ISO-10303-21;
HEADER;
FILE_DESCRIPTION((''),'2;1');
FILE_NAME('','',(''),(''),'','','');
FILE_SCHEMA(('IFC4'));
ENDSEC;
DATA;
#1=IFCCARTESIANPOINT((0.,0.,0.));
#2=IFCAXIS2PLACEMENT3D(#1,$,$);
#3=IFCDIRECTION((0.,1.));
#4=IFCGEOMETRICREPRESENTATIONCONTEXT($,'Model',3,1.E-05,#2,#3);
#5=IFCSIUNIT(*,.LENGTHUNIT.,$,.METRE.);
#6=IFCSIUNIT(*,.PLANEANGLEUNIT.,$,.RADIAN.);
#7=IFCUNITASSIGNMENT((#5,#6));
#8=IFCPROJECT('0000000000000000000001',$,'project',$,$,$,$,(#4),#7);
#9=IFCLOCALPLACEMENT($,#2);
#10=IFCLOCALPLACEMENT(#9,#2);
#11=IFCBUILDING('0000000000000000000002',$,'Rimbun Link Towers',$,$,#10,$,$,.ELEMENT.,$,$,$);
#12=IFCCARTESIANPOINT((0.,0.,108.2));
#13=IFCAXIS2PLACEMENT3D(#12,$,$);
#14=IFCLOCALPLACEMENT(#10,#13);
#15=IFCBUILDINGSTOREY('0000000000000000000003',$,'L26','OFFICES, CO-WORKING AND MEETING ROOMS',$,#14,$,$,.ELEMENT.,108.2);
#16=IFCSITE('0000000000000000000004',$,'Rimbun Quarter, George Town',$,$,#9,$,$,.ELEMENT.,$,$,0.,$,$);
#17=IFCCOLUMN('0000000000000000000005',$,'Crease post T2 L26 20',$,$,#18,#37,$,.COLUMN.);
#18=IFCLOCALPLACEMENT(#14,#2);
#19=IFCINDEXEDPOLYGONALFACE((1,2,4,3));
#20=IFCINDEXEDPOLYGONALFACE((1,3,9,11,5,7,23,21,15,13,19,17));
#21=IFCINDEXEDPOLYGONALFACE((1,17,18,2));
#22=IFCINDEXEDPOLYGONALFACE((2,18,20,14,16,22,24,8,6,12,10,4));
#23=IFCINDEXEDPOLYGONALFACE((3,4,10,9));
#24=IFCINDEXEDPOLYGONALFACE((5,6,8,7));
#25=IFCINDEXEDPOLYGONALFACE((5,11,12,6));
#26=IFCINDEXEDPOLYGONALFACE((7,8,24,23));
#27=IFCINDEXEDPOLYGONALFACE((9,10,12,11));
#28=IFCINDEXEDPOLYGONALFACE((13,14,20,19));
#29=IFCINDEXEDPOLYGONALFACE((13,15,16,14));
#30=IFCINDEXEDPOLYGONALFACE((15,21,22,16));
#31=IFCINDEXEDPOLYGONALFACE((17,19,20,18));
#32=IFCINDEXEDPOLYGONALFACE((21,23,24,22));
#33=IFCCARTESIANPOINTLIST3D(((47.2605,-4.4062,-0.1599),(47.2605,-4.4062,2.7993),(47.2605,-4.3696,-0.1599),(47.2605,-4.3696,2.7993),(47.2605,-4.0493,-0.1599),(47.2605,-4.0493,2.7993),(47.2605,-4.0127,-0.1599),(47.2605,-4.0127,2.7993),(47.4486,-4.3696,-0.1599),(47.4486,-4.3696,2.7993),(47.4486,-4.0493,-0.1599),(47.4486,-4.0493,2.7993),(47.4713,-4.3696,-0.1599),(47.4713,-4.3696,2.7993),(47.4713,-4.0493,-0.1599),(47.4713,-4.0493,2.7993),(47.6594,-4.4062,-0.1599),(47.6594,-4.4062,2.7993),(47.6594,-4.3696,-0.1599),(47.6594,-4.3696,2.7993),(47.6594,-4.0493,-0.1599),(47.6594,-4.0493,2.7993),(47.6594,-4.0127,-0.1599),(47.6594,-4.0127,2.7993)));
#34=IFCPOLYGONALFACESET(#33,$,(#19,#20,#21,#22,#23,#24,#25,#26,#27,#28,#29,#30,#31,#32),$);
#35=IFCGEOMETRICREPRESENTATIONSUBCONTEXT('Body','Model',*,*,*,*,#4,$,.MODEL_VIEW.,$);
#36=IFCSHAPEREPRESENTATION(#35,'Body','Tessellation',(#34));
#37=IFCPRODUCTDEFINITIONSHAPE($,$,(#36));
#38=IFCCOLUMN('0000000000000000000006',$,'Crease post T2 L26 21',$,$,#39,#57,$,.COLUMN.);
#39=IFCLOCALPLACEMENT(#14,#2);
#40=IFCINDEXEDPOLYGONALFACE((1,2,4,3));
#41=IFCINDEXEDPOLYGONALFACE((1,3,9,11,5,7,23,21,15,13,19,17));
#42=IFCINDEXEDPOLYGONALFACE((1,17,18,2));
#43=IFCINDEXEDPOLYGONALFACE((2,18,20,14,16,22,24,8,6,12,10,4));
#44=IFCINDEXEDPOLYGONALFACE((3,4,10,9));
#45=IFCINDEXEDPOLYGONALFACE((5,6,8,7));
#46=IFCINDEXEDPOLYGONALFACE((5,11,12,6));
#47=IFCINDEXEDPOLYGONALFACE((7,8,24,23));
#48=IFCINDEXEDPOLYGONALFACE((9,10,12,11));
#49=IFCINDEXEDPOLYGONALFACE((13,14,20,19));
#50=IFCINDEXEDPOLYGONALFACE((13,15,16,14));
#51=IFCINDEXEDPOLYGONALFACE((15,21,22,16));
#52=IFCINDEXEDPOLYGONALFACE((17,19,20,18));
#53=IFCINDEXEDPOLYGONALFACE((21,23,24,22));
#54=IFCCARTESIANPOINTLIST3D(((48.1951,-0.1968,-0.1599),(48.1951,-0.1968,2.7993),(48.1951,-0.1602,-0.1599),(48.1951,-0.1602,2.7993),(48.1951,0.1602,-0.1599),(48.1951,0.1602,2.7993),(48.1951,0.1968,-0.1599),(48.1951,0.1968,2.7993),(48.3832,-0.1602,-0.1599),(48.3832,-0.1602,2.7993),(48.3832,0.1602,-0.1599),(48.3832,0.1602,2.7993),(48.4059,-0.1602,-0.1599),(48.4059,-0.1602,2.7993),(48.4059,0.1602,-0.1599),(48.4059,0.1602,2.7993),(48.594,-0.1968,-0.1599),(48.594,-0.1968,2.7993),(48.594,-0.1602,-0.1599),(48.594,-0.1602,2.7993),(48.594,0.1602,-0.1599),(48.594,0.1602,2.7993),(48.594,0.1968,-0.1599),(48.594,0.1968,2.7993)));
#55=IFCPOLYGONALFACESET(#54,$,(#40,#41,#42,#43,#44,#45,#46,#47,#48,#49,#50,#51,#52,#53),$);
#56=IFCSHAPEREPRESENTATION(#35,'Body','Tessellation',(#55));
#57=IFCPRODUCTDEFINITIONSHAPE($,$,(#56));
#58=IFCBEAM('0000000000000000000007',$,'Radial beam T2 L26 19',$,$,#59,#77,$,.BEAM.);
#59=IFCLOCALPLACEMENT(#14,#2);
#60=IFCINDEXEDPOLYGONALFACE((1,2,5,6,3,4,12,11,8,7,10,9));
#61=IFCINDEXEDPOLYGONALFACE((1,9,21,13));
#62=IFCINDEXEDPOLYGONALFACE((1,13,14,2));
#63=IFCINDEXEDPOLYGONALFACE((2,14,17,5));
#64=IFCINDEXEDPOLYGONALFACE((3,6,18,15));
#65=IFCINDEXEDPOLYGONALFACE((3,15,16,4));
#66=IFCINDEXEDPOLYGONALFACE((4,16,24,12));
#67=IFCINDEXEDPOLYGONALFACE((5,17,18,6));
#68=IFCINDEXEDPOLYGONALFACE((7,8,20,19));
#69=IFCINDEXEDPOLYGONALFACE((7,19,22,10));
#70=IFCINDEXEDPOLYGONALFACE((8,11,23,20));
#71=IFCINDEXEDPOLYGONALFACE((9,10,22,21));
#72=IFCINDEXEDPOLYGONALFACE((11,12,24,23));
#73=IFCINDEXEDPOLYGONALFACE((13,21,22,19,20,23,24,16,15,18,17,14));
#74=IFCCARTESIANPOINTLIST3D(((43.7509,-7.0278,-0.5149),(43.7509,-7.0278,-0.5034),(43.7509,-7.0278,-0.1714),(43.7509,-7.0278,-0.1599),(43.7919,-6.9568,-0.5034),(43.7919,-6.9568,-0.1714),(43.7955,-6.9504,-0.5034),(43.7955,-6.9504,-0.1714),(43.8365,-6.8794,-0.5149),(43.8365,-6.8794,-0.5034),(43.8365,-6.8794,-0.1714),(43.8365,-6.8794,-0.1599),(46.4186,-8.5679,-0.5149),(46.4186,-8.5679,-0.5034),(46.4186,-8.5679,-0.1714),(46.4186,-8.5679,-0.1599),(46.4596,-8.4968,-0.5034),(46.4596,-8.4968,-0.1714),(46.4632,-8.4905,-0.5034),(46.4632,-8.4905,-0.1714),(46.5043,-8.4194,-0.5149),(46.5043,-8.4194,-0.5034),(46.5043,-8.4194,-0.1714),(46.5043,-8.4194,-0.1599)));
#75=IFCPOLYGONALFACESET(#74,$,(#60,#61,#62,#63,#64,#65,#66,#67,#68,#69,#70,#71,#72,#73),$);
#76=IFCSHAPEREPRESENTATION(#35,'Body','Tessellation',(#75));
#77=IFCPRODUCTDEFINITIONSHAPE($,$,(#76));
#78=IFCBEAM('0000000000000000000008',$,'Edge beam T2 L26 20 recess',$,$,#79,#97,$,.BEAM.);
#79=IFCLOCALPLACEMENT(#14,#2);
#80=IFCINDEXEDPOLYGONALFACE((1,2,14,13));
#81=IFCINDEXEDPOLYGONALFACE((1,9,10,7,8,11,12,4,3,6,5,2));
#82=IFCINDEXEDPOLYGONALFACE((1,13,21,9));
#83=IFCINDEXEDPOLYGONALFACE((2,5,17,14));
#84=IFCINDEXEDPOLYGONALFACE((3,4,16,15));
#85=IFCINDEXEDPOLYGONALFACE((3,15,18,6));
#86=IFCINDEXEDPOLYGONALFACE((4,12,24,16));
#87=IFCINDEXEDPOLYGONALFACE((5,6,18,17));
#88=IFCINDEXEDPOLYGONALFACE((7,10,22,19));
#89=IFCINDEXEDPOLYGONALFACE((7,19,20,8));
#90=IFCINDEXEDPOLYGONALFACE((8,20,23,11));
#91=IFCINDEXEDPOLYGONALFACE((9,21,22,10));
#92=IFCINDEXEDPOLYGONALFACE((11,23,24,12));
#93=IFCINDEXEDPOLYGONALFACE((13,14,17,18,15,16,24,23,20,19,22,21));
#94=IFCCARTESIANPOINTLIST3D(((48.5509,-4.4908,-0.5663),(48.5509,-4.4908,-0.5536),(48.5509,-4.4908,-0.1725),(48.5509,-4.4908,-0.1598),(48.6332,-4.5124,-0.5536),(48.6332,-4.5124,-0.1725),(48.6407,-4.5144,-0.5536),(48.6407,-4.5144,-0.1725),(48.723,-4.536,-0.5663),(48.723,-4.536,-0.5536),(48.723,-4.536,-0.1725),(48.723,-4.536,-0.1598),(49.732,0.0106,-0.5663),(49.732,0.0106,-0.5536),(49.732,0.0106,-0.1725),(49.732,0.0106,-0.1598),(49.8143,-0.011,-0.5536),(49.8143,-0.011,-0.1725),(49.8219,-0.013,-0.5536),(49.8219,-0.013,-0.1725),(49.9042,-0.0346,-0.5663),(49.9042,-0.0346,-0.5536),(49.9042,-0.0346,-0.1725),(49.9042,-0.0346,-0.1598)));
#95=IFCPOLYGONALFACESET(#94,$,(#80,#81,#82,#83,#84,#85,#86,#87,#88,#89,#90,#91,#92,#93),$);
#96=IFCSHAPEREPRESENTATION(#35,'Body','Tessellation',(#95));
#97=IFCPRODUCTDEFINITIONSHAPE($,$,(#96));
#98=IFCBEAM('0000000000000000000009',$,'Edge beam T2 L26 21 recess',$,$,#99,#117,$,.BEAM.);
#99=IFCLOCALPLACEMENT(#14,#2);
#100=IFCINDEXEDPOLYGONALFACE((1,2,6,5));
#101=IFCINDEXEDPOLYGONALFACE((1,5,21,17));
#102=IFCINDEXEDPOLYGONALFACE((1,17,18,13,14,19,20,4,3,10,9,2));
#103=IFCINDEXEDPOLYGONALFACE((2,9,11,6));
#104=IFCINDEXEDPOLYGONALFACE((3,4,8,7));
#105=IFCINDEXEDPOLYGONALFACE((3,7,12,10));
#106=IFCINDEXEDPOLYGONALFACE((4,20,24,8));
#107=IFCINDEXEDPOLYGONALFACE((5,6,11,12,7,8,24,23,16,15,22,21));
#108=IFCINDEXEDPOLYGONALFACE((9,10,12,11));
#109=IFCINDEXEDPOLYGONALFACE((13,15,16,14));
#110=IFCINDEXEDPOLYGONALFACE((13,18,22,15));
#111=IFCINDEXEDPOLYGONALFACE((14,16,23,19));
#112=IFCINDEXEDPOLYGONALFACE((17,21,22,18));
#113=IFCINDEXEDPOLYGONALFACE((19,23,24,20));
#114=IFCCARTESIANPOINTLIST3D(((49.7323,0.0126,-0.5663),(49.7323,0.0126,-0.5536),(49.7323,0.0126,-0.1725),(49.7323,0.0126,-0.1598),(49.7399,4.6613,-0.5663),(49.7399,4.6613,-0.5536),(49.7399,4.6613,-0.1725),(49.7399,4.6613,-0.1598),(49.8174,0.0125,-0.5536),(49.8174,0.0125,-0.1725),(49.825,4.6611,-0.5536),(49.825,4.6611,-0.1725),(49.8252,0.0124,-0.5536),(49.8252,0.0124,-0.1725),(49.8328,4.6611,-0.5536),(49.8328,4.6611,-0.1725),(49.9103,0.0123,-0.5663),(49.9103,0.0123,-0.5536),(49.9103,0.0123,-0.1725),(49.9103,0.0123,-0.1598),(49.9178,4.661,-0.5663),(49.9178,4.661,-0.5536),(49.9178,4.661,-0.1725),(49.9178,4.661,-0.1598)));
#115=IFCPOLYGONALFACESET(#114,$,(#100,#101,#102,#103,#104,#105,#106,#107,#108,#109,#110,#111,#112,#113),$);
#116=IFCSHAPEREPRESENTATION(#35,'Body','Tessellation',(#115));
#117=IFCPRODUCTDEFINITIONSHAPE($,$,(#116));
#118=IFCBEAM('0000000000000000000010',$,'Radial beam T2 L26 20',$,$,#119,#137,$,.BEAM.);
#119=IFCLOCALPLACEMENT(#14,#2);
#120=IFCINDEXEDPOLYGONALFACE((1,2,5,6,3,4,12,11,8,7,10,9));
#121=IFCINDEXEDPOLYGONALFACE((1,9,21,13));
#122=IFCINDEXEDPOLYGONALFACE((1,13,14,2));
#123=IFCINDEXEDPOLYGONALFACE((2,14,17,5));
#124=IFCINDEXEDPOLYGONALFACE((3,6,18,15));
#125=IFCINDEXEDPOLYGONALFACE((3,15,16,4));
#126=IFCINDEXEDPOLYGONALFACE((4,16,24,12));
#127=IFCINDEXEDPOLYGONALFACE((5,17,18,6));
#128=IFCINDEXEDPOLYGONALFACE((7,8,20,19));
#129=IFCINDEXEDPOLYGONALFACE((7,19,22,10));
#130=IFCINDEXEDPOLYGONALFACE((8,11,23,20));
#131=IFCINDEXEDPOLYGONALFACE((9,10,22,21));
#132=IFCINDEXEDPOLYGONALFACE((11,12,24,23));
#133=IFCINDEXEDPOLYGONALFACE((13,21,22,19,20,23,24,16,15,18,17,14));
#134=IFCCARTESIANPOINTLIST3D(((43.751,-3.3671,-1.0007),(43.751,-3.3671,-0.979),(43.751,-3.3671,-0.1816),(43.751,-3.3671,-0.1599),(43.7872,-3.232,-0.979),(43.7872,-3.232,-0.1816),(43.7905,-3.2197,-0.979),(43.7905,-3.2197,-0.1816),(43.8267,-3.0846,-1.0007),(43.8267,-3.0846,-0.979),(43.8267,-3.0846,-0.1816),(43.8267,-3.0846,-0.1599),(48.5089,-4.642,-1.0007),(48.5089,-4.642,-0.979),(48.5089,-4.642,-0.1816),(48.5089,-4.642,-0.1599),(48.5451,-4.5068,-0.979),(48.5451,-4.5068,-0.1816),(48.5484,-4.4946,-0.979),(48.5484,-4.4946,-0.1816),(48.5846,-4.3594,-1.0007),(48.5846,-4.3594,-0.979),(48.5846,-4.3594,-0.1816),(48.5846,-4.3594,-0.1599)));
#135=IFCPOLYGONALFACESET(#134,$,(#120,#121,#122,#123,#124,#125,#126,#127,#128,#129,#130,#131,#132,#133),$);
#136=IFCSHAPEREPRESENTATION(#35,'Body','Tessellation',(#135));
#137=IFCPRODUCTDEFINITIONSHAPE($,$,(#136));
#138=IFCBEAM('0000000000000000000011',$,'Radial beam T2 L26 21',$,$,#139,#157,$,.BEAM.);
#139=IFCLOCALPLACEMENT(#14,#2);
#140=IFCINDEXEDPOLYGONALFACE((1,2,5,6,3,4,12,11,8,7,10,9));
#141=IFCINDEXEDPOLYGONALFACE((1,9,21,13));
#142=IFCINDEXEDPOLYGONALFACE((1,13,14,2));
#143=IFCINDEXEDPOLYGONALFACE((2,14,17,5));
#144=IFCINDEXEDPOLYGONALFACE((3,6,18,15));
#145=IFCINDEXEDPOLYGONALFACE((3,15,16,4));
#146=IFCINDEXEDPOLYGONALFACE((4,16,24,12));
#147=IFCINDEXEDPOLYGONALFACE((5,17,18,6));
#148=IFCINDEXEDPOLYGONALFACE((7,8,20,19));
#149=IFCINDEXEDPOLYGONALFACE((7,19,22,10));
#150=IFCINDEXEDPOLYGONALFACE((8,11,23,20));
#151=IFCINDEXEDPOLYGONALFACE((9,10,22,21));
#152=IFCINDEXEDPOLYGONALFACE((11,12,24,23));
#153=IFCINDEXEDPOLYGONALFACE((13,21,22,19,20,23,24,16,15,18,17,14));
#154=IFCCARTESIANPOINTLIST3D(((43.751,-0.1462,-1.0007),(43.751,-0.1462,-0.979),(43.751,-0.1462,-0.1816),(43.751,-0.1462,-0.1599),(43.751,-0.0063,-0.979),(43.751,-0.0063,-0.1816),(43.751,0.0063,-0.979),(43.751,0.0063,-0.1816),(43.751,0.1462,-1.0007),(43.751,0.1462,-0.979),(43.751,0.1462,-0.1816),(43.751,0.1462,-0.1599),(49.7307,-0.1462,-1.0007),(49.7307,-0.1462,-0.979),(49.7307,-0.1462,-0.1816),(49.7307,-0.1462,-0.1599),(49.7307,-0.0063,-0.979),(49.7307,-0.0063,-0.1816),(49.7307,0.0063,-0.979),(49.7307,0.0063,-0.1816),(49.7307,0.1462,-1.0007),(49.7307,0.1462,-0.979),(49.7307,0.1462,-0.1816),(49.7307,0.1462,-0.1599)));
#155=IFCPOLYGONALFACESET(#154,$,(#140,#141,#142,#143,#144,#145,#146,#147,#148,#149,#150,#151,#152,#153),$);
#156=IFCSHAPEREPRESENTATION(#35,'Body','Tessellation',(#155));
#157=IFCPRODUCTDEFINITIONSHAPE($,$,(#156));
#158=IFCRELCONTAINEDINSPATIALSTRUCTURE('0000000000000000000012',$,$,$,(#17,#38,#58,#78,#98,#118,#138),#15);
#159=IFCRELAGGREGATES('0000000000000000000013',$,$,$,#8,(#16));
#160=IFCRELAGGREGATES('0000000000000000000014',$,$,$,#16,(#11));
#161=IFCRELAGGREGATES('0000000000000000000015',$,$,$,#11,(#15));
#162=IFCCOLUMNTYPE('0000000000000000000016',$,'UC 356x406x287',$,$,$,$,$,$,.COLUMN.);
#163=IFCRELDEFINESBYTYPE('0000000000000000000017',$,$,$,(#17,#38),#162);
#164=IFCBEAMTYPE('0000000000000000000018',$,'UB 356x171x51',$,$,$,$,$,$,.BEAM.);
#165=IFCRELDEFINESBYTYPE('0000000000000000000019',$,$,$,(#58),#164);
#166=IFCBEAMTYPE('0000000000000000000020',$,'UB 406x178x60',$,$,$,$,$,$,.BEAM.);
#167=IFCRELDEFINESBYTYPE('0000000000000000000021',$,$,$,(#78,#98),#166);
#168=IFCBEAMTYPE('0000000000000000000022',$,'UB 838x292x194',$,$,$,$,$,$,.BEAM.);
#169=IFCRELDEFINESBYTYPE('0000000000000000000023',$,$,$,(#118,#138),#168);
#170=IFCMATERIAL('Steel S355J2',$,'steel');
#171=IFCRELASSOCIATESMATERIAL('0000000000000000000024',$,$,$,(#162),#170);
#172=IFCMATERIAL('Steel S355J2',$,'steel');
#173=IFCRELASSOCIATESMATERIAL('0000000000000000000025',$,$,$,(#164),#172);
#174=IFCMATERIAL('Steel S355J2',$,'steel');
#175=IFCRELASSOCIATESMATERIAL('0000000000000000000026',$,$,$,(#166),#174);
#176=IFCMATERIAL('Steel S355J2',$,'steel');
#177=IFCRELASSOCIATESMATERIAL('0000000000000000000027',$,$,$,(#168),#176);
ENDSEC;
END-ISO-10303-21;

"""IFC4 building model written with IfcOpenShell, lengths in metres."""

from ifc_helpers import new_model, si_unit, direction, frame, origin, origin_2d, place, context, subcontext, project, spatial, i_section, extrude, material, material_profile, profile_set, type_object, element, save


model = new_model("IFC4")

# Units and contexts
model_context = context("Model", 3, precision=1e-05, world=origin(), true_north=direction((0.0, 1.0)))
body_context = subcontext(model_context, "Body", "Model", "MODEL_VIEW")
ifc_project = project(units=[si_unit("LENGTHUNIT", "METRE"), si_unit("PLANEANGLEUNIT", "RADIAN")], contexts=[model_context])

# Site, building, storey
site_placement = place(None, origin())
site = spatial("IfcSite", under=ifc_project, at=site_placement, Name="Rimbun Quarter, George Town", CompositionType="ELEMENT", RefElevation=0.0)
building_placement = place(site_placement, origin())
building = spatial("IfcBuilding", under=site, at=building_placement, Name="Rimbun Link Towers", CompositionType="ELEMENT")
storey_placement = place(building_placement, frame((0.0, 0.0, 108.2)))
storey = spatial("IfcBuildingStorey", under=building, at=storey_placement, Name="L26", Description="OFFICES, CO-WORKING AND MEETING ROOMS", CompositionType="ELEMENT", Elevation=108.2)

# Columns
ifc_material_1 = material(Name="Steel S355J2", Category="steel")
ifc_material_profile_1 = material_profile(ifc_material_1, i_section(OverallWidth=0.3989, OverallDepth=0.3936, WebThickness=0.0227, FlangeThickness=0.0366, at=origin_2d()), Name="UC 356x406x287")
ifc_profile_set_1 = profile_set([ifc_material_profile_1], Name="Steel S355J2")
column_type = type_object("IfcColumnType", Name="UC 356x406x287", PredefinedType="COLUMN", material=ifc_profile_set_1)
for number, where, z_axis, x_axis, name in (
    (1, (47.46, -4.2095, -0.1599), (0.0, 0.0, 1.0), (1.0, 0.0, 0.0), "Crease post T2 L26 20"),
    (2, (48.3945, 0.0, -0.1599), (0.0, 0.0, 1.0), (1.0, 0.0, 0.0), "Crease post T2 L26 21"),
):
    element("IfcColumn", number, at=place(storey_placement, frame(where, z_axis=z_axis, x_axis=x_axis)), inside=storey, type_object=column_type, Name=name, PredefinedType="COLUMN", context=body_context, shape_type="SweptSolid", body=[
        extrude(i_section(OverallWidth=0.3989, OverallDepth=0.3936, WebThickness=0.0227, FlangeThickness=0.0366, at=origin_2d()), origin(), (0.0, 0.0, 1.0), 2.9592),
    ])

# Beams
ifc_material_2 = material(Name="Steel S355J2", Category="steel")
ifc_material_profile_2 = material_profile(ifc_material_2, i_section(OverallWidth=0.1714, OverallDepth=0.355, WebThickness=0.0073, FlangeThickness=0.0115, at=origin_2d()), Name="UB 356x171x51")
ifc_profile_set_2 = profile_set([ifc_material_profile_2], Name="Steel S355J2")
beam_type_1 = type_object("IfcBeamType", Name="UB 356x171x51", PredefinedType="BEAM", material=ifc_profile_set_2)
beam_1_placement = place(storey_placement, frame((43.7937, -6.9536, -0.3374), z_axis=(0.86605, -0.499958, 0.0), x_axis=(0.499958, 0.86605, 0.0)))
element("IfcBeam", 3, at=beam_1_placement, inside=storey, type_object=beam_type_1, Name="Radial beam T2 L26 19", PredefinedType="BEAM", context=body_context, shape_type="SweptSolid", body=[
    extrude(i_section(OverallWidth=0.1714, OverallDepth=0.355, WebThickness=0.0073, FlangeThickness=0.0115, at=origin_2d()), origin(), (0.0, 0.0, 1.0), 3.0803),
])
ifc_material_3 = material(Name="Steel S355J2", Category="steel")
ifc_material_profile_3 = material_profile(ifc_material_3, i_section(OverallWidth=0.178, OverallDepth=0.4065, WebThickness=0.0078, FlangeThickness=0.0127, at=origin_2d()), Name="UB 406x178x60")
ifc_profile_set_3 = profile_set([ifc_material_profile_3], Name="Steel S355J2")
beam_type_2 = type_object("IfcBeamType", Name="UB 406x178x60", PredefinedType="BEAM", material=ifc_profile_set_3)
beam_2_placement = place(storey_placement, frame((48.637, -4.5134, -0.363), z_axis=(0.253801, 0.967256, 0.0), x_axis=(-0.967256, 0.253801, 0.0)))
element("IfcBeam", 4, at=beam_2_placement, inside=storey, type_object=beam_type_2, Name="Edge beam T2 L26 20 recess", PredefinedType="BEAM", context=body_context, shape_type="SweptSolid", body=[
    extrude(i_section(OverallWidth=0.178, OverallDepth=0.4065, WebThickness=0.0078, FlangeThickness=0.0127, at=origin_2d()), origin(), (0.0, 0.0, 1.0), 4.6538),
])
beam_3_placement = place(storey_placement, frame((49.8213, 0.0125, -0.363), z_axis=(0.001628, 0.999999, 0.0), x_axis=(-0.999999, 0.001628, 0.0)))
element("IfcBeam", 5, at=beam_3_placement, inside=storey, type_object=beam_type_2, Name="Edge beam T2 L26 21 recess", PredefinedType="BEAM", context=body_context, shape_type="SweptSolid", body=[
    extrude(i_section(OverallWidth=0.178, OverallDepth=0.4065, WebThickness=0.0078, FlangeThickness=0.0127, at=origin_2d()), origin(), (0.0, 0.0, 1.0), 4.6487),
])
ifc_material_4 = material(Name="Steel S355J2", Category="steel")
ifc_material_profile_4 = material_profile(ifc_material_4, i_section(OverallWidth=0.2925, OverallDepth=0.8408, WebThickness=0.0127, FlangeThickness=0.0217, at=origin_2d()), Name="UB 838x292x194")
ifc_profile_set_4 = profile_set([ifc_material_profile_4], Name="Steel S355J2")
beam_type_3 = type_object("IfcBeamType", Name="UB 838x292x194", PredefinedType="BEAM", material=ifc_profile_set_4)
beam_4_placement = place(storey_placement, frame((43.7888, -3.2258, -0.5803), z_axis=(0.965927, -0.258816, 0.0), x_axis=(0.258816, 0.965927, 0.0)))
element("IfcBeam", 6, at=beam_4_placement, inside=storey, type_object=beam_type_3, Name="Radial beam T2 L26 20", PredefinedType="BEAM", context=body_context, shape_type="SweptSolid", body=[
    extrude(i_section(OverallWidth=0.2925, OverallDepth=0.8408, WebThickness=0.0127, FlangeThickness=0.0217, at=origin_2d()), origin(), (0.0, 0.0, 1.0), 4.9258),
])
beam_5_placement = place(storey_placement, frame((43.751, 0.0, -0.5803), z_axis=(1.0, 0.0, 0.0), x_axis=(0.0, 1.0, 0.0)))
element("IfcBeam", 7, at=beam_5_placement, inside=storey, type_object=beam_type_3, Name="Radial beam T2 L26 21", PredefinedType="BEAM", context=body_context, shape_type="SweptSolid", body=[
    extrude(i_section(OverallWidth=0.2925, OverallDepth=0.8408, WebThickness=0.0127, FlangeThickness=0.0217, at=origin_2d()), origin(), (0.0, 0.0, 1.0), 5.9797),
])

save(model, "model.ifc")
